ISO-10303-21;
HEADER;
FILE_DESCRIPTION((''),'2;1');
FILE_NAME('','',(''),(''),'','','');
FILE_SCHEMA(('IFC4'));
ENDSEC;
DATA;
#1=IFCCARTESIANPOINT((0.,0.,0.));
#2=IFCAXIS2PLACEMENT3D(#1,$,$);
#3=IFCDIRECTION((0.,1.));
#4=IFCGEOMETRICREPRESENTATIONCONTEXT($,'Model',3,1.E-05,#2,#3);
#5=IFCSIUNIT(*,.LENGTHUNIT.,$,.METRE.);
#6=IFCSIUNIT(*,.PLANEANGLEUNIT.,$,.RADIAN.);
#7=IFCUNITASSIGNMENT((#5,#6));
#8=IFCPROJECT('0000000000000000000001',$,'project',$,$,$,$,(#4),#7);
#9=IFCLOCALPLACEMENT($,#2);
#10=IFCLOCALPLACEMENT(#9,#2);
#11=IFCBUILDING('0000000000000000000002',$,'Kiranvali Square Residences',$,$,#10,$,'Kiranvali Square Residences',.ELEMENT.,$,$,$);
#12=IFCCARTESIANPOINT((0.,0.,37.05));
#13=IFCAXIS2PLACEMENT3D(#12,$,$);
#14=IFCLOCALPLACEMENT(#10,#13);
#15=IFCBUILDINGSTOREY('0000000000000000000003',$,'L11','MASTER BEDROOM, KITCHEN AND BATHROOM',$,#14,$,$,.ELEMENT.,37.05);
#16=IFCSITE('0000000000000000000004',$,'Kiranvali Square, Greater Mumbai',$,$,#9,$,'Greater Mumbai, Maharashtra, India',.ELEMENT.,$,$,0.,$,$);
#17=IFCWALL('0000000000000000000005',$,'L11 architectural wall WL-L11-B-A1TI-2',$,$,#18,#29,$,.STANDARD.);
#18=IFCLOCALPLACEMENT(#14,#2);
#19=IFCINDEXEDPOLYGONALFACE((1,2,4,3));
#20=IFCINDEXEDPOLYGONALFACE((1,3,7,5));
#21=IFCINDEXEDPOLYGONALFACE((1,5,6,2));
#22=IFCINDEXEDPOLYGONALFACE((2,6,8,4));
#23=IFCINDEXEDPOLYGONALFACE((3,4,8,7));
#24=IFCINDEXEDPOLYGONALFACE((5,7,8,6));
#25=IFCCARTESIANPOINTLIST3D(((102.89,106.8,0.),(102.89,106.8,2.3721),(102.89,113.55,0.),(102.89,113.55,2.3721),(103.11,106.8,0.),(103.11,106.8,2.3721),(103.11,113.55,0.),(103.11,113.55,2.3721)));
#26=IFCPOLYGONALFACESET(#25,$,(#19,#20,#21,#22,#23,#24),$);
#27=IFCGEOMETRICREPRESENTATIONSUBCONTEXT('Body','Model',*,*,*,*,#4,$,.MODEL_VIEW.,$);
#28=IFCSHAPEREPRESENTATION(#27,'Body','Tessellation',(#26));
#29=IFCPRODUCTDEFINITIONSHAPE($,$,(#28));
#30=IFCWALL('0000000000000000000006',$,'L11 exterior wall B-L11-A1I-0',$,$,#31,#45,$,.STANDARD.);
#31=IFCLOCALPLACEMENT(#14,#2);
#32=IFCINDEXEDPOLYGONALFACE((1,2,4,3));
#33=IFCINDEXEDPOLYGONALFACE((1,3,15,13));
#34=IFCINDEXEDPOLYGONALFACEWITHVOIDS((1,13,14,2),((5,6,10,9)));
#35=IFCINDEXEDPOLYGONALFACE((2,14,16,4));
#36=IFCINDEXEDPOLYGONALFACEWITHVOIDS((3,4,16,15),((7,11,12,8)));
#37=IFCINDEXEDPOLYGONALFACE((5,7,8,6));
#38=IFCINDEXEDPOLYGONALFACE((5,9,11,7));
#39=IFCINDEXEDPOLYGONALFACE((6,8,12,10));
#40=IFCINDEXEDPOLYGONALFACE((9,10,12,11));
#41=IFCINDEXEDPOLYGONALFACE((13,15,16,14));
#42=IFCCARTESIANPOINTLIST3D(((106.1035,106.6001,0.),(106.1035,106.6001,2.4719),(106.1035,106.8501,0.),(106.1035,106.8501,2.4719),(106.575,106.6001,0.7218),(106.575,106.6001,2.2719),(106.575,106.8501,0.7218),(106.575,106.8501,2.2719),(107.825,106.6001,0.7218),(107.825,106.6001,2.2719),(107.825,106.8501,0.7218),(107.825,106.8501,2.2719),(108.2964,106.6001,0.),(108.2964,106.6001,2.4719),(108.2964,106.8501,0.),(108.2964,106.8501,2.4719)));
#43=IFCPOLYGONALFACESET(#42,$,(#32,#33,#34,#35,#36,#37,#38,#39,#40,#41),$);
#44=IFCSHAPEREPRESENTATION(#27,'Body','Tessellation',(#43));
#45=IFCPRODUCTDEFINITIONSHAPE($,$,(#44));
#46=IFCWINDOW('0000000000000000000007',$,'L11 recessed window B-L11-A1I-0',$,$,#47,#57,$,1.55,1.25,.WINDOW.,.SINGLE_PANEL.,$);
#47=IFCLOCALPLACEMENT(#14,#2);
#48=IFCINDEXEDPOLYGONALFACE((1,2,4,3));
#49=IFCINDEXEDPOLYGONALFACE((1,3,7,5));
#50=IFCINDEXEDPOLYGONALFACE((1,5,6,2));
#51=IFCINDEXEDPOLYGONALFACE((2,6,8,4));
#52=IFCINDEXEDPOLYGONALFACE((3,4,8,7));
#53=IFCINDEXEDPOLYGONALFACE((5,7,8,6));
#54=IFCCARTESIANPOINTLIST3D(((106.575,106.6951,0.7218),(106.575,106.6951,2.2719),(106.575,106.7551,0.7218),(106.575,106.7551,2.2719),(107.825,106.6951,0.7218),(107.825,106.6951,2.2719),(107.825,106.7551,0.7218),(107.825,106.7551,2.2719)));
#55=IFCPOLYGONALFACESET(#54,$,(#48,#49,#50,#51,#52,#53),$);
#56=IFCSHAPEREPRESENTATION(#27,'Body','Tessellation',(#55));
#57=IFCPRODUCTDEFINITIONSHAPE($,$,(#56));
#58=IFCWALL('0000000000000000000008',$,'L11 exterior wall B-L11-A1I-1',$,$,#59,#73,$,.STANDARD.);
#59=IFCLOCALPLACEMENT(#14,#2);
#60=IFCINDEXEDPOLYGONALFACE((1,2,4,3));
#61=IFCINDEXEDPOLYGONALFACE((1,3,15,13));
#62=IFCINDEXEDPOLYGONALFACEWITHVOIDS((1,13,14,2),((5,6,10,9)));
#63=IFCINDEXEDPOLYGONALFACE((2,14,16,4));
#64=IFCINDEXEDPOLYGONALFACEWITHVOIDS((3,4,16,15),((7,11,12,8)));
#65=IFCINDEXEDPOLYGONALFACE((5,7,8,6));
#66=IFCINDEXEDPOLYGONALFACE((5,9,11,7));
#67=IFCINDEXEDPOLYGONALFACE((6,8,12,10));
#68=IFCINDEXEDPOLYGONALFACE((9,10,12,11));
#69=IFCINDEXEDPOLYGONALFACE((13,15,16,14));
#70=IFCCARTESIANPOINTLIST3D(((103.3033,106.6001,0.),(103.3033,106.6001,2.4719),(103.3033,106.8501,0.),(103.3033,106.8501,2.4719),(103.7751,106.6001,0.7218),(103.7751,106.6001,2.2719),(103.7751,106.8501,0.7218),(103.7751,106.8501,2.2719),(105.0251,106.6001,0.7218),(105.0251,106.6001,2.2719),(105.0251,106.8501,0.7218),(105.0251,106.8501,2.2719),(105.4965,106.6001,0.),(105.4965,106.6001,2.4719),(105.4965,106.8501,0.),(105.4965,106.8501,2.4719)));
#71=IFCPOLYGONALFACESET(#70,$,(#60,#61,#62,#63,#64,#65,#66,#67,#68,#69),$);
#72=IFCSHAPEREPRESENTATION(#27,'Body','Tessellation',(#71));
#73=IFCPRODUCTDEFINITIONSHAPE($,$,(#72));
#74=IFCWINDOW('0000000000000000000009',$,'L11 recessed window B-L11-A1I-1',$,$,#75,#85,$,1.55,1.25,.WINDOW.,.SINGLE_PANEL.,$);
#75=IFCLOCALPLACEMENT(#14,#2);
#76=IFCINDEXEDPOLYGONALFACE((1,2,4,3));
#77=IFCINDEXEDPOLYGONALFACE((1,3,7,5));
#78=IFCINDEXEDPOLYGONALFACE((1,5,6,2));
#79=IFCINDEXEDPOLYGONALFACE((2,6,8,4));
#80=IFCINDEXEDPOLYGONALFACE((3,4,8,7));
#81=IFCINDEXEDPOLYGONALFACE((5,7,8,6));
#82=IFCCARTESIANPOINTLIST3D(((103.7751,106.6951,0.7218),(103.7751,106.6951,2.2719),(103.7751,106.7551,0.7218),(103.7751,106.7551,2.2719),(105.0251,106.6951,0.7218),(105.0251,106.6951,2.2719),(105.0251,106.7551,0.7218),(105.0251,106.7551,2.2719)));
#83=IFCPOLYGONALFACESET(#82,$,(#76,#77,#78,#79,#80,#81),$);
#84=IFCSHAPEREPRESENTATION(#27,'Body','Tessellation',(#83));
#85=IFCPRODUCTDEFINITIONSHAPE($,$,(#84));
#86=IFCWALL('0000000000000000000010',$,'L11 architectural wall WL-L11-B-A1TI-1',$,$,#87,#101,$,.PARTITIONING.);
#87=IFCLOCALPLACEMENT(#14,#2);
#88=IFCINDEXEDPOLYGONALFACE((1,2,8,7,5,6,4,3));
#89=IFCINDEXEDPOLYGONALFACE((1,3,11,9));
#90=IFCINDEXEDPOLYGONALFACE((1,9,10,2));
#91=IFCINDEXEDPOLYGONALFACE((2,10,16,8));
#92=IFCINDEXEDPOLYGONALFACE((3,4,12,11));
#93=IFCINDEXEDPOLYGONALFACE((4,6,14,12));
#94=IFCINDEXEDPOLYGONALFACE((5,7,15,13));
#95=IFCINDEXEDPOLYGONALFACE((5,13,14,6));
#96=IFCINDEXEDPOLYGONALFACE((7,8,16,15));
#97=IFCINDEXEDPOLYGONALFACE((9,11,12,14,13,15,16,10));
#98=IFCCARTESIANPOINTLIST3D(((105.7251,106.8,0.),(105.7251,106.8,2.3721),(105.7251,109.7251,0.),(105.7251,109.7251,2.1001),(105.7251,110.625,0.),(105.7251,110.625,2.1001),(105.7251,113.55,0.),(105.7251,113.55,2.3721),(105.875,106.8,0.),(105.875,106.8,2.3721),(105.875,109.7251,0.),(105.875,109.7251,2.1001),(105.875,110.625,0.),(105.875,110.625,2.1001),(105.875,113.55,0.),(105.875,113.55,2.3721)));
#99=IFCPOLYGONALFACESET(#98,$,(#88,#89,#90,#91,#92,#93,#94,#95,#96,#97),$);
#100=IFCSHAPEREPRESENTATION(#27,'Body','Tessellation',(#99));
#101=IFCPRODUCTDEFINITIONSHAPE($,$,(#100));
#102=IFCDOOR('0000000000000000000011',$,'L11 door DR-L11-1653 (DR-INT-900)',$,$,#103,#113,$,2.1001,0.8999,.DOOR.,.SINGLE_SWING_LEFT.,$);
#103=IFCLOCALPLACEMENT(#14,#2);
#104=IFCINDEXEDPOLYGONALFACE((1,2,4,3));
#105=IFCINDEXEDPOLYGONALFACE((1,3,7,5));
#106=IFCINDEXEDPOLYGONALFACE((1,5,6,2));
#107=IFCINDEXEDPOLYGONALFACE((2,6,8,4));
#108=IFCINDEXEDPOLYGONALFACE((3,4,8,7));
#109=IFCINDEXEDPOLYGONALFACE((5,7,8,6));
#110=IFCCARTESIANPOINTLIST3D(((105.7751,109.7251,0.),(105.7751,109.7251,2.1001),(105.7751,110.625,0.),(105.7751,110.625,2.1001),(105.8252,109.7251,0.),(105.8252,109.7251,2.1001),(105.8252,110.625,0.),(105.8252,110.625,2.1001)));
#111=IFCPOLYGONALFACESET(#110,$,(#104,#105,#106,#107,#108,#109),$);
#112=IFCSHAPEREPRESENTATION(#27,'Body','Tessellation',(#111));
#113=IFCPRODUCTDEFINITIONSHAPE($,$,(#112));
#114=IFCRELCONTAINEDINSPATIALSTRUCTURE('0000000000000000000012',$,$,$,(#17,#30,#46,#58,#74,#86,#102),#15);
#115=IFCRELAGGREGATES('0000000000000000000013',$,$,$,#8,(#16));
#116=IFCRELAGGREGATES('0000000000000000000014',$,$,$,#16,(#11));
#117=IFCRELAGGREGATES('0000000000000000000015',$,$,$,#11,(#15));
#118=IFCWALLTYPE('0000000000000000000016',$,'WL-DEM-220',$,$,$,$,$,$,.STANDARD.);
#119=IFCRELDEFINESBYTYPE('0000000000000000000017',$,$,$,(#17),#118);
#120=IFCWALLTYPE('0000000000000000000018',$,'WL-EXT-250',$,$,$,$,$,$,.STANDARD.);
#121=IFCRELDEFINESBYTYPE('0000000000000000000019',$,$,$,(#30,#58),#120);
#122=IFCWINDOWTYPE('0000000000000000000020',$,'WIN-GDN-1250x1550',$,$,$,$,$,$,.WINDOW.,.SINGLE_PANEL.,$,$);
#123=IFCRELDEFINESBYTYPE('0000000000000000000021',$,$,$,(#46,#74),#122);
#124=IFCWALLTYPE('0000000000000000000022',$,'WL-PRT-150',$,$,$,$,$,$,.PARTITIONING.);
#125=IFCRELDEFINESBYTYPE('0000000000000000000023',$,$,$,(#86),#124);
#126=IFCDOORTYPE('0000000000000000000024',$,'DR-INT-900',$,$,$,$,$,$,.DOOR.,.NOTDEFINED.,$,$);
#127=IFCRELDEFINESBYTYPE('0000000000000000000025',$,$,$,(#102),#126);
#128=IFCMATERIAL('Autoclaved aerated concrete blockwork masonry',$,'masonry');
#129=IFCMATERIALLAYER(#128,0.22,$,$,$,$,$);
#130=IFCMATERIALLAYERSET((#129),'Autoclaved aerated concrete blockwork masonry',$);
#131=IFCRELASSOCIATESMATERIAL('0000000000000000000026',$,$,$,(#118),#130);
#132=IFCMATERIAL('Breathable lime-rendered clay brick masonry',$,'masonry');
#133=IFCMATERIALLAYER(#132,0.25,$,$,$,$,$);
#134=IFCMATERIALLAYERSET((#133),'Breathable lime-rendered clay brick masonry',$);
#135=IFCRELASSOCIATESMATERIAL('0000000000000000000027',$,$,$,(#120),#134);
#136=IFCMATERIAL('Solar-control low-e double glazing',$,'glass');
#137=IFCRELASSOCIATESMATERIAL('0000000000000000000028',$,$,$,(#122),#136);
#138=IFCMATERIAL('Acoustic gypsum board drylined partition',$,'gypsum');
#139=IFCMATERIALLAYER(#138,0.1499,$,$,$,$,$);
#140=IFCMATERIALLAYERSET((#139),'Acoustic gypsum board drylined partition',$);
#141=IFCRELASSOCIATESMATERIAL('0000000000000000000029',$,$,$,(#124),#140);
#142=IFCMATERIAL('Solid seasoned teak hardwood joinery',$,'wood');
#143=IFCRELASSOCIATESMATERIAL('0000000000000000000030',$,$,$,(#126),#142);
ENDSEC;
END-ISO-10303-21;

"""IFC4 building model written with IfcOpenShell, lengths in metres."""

from ifc_helpers import new_model, si_unit, direction, frame, frame_2d, origin, place, context, subcontext, project, spatial, rectangle, extrude, material, layer, layer_set, type_object, element, fill, save


model = new_model("IFC4")

# Units and contexts
model_context = context("Model", 3, precision=1e-05, world=origin(), true_north=direction((0.0, 1.0)))
body_context = subcontext(model_context, "Body", "Model", "MODEL_VIEW")
ifc_project = project(units=[si_unit("LENGTHUNIT", "METRE"), si_unit("PLANEANGLEUNIT", "RADIAN")], contexts=[model_context])

# Site, building, storey
site_placement = place(None, origin())
site = spatial("IfcSite", under=ifc_project, at=site_placement, Name="Kiranvali Square, Greater Mumbai", LongName="Greater Mumbai, Maharashtra, India", CompositionType="ELEMENT", RefElevation=0.0)
building_placement = place(site_placement, origin())
building = spatial("IfcBuilding", under=site, at=building_placement, Name="Kiranvali Square Residences", LongName="Kiranvali Square Residences", CompositionType="ELEMENT")
storey_placement = place(building_placement, frame((0.0, 0.0, 37.05)))
storey = spatial("IfcBuildingStorey", under=building, at=storey_placement, Name="L11", Description="MASTER BEDROOM, KITCHEN AND BATHROOM", CompositionType="ELEMENT", Elevation=37.05)

# Shared definitions
ifc_material_1 = material(Name="Autoclaved aerated concrete blockwork masonry", Category="masonry")

# Wall
ifc_layer_1 = layer(ifc_material_1, 0.22)
ifc_layer_set_1 = layer_set([ifc_layer_1], Name="Autoclaved aerated concrete blockwork masonry")
wall_type_1 = type_object("IfcWallType", Name="WL-DEM-220", PredefinedType="STANDARD", material=ifc_layer_set_1)
wall_1_placement = place(storey_placement, frame((103.0, 106.8, 0.0), z_axis=(0.0, 0.0, 1.0), x_axis=(0.0, 1.0, 0.0)))
element("IfcWall", 1, at=wall_1_placement, inside=storey, type_object=wall_type_1, Name="L11 architectural wall WL-L11-B-A1TI-2", PredefinedType="STANDARD", context=body_context, shape_type="SweptSolid", body=[
    extrude(rectangle(XDim=6.75, YDim=0.22, at=frame_2d((3.375, 0.0))), origin(), (0.0, 0.0, 1.0), 2.3721),
])

# Walls, openings, windows
ifc_material_2 = material(Name="Breathable lime-rendered clay brick masonry", Category="masonry")
ifc_layer_2 = layer(ifc_material_2, 0.25)
ifc_layer_set_2 = layer_set([ifc_layer_2], Name="Breathable lime-rendered clay brick masonry")
wall_type_2 = type_object("IfcWallType", Name="WL-EXT-250", PredefinedType="STANDARD", material=ifc_layer_set_2)
wall_2_placement = place(storey_placement, frame((108.2964, 106.7251, 0.0), z_axis=(0.0, 0.0, 1.0), x_axis=(-1.0, 0.0, 0.0)))
wall_2 = element("IfcWall", 2, at=wall_2_placement, inside=storey, type_object=wall_type_2, Name="L11 exterior wall B-L11-A1I-0", PredefinedType="STANDARD", context=body_context, shape_type="SweptSolid", body=[
    extrude(rectangle(XDim=2.1929, YDim=0.25, at=frame_2d((1.0964, 0.0))), origin(), (0.0, 0.0, 1.0), 2.4719),
])
opening_1_placement = place(wall_2_placement, frame((0.4714, 0.0, 0.7219)))
opening_1 = element("IfcOpeningElement", 3, at=opening_1_placement, cuts=wall_2, PredefinedType="OPENING", context=body_context, shape_type="SweptSolid", body=[
    extrude(rectangle(XDim=1.25, YDim=1.55, at=frame_2d((0.625, 0.7749))), frame((0.0, 0.135, 0.0), z_axis=(0.0, -1.0, 0.0), x_axis=(1.0, 0.0, 0.0)), (0.0, 0.0, 1.0), 0.27),
])
ifc_material_3 = material(Name="Solar-control low-e double glazing", Category="glass")
window_type = type_object("IfcWindowType", Name="WIN-GDN-1250x1550", PartitioningType="SINGLE_PANEL", PredefinedType="WINDOW", material=ifc_material_3)
window_1_placement = place(opening_1_placement, origin())
window_1 = element("IfcWindow", 4, at=window_1_placement, inside=storey, type_object=window_type, Name="L11 recessed window B-L11-A1I-0", OverallHeight=1.55, OverallWidth=1.25, PartitioningType="SINGLE_PANEL", PredefinedType="WINDOW", context=body_context, shape_type="SweptSolid", body=[
    extrude(rectangle(XDim=1.25, YDim=1.55, at=frame_2d((0.625, 0.7749))), frame((0.0, 0.03, 0.0), z_axis=(0.0, -1.0, 0.0), x_axis=(1.0, 0.0, 0.0)), (0.0, 0.0, 1.0), 0.0601),
])
fill(opening_1, window_1)
wall_3_placement = place(storey_placement, frame((105.4966, 106.7251, 0.0), z_axis=(0.0, 0.0, 1.0), x_axis=(-1.0, 0.0, 0.0)))
wall_3 = element("IfcWall", 5, at=wall_3_placement, inside=storey, type_object=wall_type_2, Name="L11 exterior wall B-L11-A1I-1", PredefinedType="STANDARD", context=body_context, shape_type="SweptSolid", body=[
    extrude(rectangle(XDim=2.1931, YDim=0.25, at=frame_2d((1.0967, 0.0))), origin(), (0.0, 0.0, 1.0), 2.4719),
])
opening_2_placement = place(wall_3_placement, frame((0.4714, 0.0, 0.7219)))
opening_2 = element("IfcOpeningElement", 6, at=opening_2_placement, cuts=wall_3, PredefinedType="OPENING", context=body_context, shape_type="SweptSolid", body=[
    extrude(rectangle(XDim=1.25, YDim=1.55, at=frame_2d((0.625, 0.7749))), frame((0.0, 0.135, 0.0), z_axis=(0.0, -1.0, 0.0), x_axis=(1.0, 0.0, 0.0)), (0.0, 0.0, 1.0), 0.27),
])
window_2_placement = place(opening_2_placement, origin())
window_2 = element("IfcWindow", 7, at=window_2_placement, inside=storey, type_object=window_type, Name="L11 recessed window B-L11-A1I-1", OverallHeight=1.55, OverallWidth=1.25, PartitioningType="SINGLE_PANEL", PredefinedType="WINDOW", context=body_context, shape_type="SweptSolid", body=[
    extrude(rectangle(XDim=1.25, YDim=1.55, at=frame_2d((0.625, 0.7749))), frame((0.0, 0.03, 0.0), z_axis=(0.0, -1.0, 0.0), x_axis=(1.0, 0.0, 0.0)), (0.0, 0.0, 1.0), 0.0601),
])
fill(opening_2, window_2)

# Wall, opening, door
ifc_material_4 = material(Name="Acoustic gypsum board drylined partition", Category="gypsum")
ifc_layer_3 = layer(ifc_material_4, 0.1499)
ifc_layer_set_3 = layer_set([ifc_layer_3], Name="Acoustic gypsum board drylined partition")
wall_type_3 = type_object("IfcWallType", Name="WL-PRT-150", PredefinedType="PARTITIONING", material=ifc_layer_set_3)
wall_4_placement = place(storey_placement, frame((105.8, 106.8, 0.0), z_axis=(0.0, 0.0, 1.0), x_axis=(0.0, 1.0, 0.0)))
wall_4 = element("IfcWall", 8, at=wall_4_placement, inside=storey, type_object=wall_type_3, Name="L11 architectural wall WL-L11-B-A1TI-1", PredefinedType="PARTITIONING", context=body_context, shape_type="SweptSolid", body=[
    extrude(rectangle(XDim=6.75, YDim=0.1499, at=frame_2d((3.375, 0.0))), origin(), (0.0, 0.0, 1.0), 2.3721),
])
opening_3_placement = place(wall_4_placement, frame((2.925, 0.0, 0.0)))
opening_3 = element("IfcOpeningElement", 9, at=opening_3_placement, cuts=wall_4, PredefinedType="OPENING", context=body_context, shape_type="SweptSolid", body=[
    extrude(rectangle(XDim=0.8999, YDim=2.1001, at=frame_2d((0.45, 1.05))), frame((0.0, 0.085, 0.0), z_axis=(0.0, -1.0, 0.0), x_axis=(1.0, 0.0, 0.0)), (0.0, 0.0, 1.0), 0.1699),
])
ifc_material_5 = material(Name="Solid seasoned teak hardwood joinery", Category="wood")
door_type_1 = type_object("IfcDoorType", Name="DR-INT-900", OperationType="NOTDEFINED", PredefinedType="DOOR", material=ifc_material_5)
door_1_placement = place(opening_3_placement, origin())
door_1 = element("IfcDoor", 10, at=door_1_placement, inside=storey, type_object=door_type_1, Name="L11 door DR-L11-1653 (DR-INT-900)", OperationType="SINGLE_SWING_LEFT", OverallHeight=2.1001, OverallWidth=0.8999, PredefinedType="DOOR", context=body_context, shape_type="SweptSolid", body=[
    extrude(rectangle(XDim=0.8999, YDim=2.1001, at=frame_2d((0.45, 1.05))), frame((0.0, 0.0249, 0.0), z_axis=(0.0, -1.0, 0.0), x_axis=(1.0, 0.0, 0.0)), (0.0, 0.0, 1.0), 0.05),
])
fill(opening_3, door_1)

save(model, "model.ifc")
